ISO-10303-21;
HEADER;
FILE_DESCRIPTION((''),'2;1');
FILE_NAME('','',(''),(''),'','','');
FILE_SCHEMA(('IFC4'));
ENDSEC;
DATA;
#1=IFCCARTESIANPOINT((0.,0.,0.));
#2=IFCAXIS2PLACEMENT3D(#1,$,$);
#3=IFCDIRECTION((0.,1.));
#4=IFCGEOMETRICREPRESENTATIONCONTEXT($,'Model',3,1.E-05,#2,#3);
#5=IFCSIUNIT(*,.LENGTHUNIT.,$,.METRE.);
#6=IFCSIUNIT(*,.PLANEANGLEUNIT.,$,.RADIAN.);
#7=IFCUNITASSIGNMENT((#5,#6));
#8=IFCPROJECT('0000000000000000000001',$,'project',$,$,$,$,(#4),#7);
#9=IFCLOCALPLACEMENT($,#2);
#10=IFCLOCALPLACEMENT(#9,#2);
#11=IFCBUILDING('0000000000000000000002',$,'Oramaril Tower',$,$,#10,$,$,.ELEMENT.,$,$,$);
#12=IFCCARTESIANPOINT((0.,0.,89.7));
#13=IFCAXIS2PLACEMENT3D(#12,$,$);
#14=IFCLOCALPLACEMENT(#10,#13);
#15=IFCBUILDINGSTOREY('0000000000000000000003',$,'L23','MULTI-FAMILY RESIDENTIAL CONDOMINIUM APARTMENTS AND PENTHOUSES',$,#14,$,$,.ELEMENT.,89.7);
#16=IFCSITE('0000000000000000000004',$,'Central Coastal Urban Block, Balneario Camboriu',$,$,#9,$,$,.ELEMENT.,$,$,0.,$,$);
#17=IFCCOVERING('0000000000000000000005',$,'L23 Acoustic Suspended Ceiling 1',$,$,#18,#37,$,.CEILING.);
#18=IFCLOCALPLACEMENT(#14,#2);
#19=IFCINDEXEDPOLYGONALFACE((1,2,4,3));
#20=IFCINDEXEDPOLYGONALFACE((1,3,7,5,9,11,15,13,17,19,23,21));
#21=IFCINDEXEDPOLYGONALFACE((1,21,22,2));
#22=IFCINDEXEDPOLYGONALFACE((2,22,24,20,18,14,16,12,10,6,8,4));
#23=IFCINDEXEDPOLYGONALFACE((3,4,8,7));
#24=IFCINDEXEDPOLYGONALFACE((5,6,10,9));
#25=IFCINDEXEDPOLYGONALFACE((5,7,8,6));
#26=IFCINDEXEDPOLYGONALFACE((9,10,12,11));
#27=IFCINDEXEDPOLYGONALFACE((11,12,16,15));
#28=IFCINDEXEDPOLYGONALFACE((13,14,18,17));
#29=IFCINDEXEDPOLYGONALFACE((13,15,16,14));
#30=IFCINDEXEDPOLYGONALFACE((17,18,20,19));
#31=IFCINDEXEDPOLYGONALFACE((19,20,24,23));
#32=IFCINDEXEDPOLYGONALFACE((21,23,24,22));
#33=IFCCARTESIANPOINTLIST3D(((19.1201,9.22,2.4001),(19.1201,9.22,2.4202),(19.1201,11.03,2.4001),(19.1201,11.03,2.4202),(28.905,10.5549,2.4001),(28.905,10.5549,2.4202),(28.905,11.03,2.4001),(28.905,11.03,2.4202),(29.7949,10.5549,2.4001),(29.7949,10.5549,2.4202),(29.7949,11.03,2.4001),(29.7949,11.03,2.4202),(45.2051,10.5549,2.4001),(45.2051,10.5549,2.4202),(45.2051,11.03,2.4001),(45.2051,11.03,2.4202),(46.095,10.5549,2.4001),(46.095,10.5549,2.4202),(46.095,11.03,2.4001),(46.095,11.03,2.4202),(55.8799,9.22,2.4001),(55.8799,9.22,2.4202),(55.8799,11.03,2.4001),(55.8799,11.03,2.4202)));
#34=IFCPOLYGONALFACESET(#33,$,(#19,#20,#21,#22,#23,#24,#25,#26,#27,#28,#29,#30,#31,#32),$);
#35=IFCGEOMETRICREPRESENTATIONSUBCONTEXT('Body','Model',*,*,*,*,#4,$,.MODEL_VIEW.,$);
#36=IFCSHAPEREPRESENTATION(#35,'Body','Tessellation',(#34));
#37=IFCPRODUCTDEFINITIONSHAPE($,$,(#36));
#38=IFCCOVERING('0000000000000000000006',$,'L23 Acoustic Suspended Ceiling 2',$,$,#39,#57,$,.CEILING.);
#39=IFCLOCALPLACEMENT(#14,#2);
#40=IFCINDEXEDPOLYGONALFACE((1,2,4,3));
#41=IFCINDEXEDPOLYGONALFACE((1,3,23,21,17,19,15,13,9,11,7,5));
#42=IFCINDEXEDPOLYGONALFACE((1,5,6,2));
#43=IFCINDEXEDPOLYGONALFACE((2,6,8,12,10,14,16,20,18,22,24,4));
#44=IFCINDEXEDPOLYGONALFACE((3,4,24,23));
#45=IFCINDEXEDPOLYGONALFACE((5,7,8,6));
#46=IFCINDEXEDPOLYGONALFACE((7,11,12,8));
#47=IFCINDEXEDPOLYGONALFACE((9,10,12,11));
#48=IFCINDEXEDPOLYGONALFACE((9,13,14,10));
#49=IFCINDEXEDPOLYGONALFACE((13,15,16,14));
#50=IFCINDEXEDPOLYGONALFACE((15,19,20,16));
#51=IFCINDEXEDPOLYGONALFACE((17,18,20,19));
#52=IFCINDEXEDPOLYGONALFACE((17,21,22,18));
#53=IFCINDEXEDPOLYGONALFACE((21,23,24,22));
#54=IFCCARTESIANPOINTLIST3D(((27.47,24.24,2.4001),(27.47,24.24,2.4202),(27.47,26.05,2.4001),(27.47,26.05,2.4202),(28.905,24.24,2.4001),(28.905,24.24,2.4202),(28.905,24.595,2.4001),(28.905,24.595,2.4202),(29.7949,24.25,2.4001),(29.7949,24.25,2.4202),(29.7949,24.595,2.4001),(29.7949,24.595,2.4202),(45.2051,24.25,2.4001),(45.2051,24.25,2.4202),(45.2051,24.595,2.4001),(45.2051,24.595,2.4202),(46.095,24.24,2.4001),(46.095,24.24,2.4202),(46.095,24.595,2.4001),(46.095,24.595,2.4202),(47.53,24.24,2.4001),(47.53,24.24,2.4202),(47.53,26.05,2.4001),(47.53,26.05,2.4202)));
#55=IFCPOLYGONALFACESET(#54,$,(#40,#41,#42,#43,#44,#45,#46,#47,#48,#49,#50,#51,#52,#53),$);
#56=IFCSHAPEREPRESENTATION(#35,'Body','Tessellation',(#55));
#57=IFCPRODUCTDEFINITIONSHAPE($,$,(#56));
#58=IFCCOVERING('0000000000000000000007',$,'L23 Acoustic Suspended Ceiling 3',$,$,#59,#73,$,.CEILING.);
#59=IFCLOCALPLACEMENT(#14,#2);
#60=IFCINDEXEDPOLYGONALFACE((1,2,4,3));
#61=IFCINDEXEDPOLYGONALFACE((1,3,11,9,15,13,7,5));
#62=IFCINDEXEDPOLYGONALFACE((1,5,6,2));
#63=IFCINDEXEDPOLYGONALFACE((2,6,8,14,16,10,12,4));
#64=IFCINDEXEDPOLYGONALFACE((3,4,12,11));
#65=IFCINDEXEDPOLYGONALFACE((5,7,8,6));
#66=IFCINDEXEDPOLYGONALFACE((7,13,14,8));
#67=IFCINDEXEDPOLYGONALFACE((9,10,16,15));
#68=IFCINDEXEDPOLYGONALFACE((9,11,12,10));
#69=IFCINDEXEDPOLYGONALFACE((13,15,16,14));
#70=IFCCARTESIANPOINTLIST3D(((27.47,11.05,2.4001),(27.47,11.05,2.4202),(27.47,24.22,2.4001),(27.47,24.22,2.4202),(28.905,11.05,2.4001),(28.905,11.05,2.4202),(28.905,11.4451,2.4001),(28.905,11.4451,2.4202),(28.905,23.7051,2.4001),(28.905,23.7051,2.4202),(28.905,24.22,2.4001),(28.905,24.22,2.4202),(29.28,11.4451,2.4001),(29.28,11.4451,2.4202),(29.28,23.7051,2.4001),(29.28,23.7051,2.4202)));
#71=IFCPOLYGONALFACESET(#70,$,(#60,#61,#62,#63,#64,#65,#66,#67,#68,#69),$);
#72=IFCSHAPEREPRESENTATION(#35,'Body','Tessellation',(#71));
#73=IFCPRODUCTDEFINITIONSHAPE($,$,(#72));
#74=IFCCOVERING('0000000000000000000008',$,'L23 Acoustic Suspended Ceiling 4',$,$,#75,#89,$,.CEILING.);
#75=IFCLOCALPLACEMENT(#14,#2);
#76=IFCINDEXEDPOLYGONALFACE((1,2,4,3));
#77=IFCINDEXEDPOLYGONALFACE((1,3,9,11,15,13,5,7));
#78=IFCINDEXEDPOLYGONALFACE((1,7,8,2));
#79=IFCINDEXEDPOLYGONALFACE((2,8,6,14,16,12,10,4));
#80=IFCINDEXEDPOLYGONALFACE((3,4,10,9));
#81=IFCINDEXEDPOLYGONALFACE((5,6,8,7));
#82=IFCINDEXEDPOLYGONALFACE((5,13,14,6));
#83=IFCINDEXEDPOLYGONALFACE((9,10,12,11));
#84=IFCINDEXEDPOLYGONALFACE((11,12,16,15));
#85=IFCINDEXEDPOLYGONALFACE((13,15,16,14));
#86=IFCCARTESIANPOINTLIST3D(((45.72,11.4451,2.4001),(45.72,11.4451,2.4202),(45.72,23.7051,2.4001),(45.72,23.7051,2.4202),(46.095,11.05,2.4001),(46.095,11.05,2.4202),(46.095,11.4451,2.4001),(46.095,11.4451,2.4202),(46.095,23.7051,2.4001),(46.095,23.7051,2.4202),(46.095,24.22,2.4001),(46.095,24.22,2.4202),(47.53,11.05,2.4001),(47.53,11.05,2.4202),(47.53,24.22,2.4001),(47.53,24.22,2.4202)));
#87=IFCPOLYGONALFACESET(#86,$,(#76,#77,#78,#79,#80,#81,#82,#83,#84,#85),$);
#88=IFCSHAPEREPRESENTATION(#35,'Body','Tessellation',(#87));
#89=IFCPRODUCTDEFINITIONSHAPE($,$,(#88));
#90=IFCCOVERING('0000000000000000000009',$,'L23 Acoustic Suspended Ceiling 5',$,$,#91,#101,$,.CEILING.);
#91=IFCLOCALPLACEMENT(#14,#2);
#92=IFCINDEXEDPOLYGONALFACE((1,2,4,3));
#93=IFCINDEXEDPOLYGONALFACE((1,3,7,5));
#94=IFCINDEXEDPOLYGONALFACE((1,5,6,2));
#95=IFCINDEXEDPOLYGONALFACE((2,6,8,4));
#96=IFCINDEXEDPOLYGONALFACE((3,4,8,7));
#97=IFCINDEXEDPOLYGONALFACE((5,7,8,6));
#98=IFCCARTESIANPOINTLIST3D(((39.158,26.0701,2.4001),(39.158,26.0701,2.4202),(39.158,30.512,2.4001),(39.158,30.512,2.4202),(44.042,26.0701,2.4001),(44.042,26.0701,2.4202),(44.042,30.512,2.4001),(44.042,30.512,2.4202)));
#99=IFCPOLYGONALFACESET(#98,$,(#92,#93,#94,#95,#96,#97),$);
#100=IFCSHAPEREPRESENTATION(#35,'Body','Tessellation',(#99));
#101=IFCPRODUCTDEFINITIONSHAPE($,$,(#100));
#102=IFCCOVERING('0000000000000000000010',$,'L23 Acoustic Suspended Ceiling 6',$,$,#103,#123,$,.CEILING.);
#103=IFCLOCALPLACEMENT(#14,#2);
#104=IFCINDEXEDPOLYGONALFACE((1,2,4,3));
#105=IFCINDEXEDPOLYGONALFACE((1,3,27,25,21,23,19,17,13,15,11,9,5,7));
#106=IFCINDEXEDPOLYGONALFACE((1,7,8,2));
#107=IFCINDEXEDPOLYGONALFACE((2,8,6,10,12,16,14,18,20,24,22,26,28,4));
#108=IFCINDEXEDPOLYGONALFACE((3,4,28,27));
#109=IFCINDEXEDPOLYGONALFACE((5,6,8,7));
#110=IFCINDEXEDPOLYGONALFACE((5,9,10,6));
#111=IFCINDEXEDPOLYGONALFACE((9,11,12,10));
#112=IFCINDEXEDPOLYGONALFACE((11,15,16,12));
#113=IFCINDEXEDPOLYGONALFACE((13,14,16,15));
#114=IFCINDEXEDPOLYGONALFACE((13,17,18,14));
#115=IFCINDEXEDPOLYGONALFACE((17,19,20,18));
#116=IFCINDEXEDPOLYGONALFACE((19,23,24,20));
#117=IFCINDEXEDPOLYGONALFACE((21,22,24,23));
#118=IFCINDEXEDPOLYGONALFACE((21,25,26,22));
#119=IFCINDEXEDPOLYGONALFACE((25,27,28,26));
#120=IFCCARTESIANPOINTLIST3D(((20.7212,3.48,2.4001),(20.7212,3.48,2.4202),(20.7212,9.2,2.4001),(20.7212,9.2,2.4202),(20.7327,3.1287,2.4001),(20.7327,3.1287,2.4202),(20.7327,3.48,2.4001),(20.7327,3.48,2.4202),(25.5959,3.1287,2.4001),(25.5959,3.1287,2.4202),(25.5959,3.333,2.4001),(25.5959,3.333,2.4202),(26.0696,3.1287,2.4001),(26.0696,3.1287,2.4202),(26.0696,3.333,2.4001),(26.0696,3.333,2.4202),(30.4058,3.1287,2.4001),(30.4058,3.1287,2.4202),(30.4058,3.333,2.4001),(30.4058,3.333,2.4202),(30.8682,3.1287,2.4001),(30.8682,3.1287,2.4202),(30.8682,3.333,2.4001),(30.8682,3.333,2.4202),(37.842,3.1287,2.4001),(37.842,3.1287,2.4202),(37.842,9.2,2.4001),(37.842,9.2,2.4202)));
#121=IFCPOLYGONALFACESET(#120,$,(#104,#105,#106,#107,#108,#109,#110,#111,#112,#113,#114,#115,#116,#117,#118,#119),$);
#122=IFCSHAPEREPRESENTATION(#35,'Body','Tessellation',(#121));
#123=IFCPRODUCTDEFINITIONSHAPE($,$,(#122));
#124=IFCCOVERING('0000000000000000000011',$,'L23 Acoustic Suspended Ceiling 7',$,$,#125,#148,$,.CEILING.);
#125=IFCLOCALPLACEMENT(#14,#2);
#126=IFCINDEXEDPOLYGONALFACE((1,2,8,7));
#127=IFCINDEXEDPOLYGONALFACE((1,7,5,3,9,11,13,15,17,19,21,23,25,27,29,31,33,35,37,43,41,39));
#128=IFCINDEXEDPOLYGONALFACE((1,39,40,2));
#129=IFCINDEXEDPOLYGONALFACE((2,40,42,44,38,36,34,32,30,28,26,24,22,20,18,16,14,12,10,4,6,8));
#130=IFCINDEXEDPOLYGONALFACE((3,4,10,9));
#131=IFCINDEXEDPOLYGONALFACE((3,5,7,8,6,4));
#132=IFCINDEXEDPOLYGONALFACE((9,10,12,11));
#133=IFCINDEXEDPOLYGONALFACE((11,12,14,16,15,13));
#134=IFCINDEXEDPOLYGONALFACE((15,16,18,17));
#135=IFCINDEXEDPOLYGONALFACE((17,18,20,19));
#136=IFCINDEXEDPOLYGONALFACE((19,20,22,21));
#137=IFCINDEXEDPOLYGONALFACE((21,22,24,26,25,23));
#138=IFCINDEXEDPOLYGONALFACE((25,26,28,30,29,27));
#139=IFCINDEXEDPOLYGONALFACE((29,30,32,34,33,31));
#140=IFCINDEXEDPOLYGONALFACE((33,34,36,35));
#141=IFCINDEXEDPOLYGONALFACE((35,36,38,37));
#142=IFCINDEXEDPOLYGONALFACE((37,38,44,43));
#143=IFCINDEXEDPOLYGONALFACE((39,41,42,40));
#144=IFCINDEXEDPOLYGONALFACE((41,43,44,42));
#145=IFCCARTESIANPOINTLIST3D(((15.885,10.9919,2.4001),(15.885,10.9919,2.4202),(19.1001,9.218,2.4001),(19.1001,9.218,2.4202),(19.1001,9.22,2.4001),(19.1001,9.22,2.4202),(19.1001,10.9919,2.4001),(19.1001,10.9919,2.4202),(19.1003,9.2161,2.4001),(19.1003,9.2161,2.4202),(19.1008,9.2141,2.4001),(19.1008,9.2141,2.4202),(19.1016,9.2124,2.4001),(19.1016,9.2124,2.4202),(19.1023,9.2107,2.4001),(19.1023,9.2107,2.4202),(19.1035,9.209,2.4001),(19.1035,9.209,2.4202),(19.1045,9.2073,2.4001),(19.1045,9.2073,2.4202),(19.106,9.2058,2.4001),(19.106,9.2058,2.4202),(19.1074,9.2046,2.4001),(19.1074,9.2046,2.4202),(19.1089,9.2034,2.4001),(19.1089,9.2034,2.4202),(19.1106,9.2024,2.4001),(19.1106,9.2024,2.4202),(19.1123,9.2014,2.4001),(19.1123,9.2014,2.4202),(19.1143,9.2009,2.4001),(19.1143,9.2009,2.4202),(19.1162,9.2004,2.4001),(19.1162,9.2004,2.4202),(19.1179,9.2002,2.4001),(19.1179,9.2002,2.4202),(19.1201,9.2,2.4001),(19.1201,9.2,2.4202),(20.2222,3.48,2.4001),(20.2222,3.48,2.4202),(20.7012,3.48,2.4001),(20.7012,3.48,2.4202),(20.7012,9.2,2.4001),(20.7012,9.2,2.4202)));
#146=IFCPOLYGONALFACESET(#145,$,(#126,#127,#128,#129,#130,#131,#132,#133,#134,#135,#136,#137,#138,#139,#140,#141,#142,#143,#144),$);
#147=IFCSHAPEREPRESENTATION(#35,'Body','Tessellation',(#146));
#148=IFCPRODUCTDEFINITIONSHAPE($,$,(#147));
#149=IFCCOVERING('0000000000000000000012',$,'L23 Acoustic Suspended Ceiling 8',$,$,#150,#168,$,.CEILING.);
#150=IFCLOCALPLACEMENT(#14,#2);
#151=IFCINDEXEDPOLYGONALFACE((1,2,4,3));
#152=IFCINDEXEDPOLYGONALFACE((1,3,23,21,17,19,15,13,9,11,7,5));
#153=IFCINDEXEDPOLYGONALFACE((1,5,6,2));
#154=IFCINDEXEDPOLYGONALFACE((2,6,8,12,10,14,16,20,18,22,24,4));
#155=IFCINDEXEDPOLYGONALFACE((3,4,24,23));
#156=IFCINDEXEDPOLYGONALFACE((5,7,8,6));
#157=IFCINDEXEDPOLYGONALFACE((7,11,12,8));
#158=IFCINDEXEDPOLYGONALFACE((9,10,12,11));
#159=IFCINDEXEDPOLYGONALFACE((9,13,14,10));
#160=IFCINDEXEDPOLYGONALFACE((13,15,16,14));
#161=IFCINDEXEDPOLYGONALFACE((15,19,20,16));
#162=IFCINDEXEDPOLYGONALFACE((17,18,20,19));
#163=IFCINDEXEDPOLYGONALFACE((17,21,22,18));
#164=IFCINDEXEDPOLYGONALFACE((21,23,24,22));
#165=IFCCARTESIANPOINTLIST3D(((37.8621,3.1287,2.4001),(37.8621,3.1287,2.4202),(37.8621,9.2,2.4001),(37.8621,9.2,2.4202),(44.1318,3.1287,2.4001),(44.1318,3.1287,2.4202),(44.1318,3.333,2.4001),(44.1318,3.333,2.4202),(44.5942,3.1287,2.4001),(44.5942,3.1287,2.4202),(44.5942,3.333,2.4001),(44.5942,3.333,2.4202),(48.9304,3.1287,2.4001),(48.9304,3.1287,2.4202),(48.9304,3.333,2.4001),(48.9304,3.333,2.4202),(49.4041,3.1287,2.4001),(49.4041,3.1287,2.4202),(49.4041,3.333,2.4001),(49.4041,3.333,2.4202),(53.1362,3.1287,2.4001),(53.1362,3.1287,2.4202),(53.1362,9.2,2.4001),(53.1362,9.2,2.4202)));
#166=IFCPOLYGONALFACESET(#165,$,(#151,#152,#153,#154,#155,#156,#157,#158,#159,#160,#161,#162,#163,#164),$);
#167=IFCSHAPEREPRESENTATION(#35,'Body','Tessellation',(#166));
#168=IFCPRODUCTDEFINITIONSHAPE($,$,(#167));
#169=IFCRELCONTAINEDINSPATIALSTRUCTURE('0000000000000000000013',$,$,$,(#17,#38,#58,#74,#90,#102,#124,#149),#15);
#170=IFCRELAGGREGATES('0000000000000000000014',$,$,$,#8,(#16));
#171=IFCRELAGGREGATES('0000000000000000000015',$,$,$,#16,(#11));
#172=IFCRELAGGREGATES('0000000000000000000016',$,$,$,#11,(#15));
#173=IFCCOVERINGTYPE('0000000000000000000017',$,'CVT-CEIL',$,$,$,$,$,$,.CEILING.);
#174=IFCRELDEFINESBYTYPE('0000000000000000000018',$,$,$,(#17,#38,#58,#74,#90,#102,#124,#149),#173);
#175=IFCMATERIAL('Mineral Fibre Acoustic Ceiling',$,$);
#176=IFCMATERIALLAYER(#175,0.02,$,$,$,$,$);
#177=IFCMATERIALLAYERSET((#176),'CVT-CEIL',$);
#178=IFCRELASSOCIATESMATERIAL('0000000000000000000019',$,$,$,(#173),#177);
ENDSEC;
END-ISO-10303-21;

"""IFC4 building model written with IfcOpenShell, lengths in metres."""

from ifc_helpers import new_model, si_unit, direction, frame, origin, place, context, subcontext, project, spatial, polyline, outline, extrude, material, layer, layer_set, type_object, element, save


model = new_model("IFC4")

# Units and contexts
model_context = context("Model", 3, precision=1e-05, world=origin(), true_north=direction((0.0, 1.0)))
body_context = subcontext(model_context, "Body", "Model", "MODEL_VIEW")
ifc_project = project(units=[si_unit("LENGTHUNIT", "METRE"), si_unit("PLANEANGLEUNIT", "RADIAN")], contexts=[model_context])

# Site, building, storey
site_placement = place(None, origin())
site = spatial("IfcSite", under=ifc_project, at=site_placement, Name="Central Coastal Urban Block, Balneario Camboriu", CompositionType="ELEMENT", RefElevation=0.0)
building_placement = place(site_placement, origin())
building = spatial("IfcBuilding", under=site, at=building_placement, Name="Oramaril Tower", CompositionType="ELEMENT")
storey_placement = place(building_placement, frame((0.0, 0.0, 89.7)))
storey = spatial("IfcBuildingStorey", under=building, at=storey_placement, Name="L23", Description="MULTI-FAMILY RESIDENTIAL CONDOMINIUM APARTMENTS AND PENTHOUSES", CompositionType="ELEMENT", Elevation=89.7)

# Coverings
ifc_material_1 = material(Name="Mineral Fibre Acoustic Ceiling")
ifc_layer_1 = layer(ifc_material_1, 0.02)
ifc_layer_set_1 = layer_set([ifc_layer_1], Name="CVT-CEIL")
covering_type_1 = type_object("IfcCoveringType", Name="CVT-CEIL", PredefinedType="CEILING", material=ifc_layer_set_1)
covering_1_placement = place(storey_placement, frame((0.0, 0.0, 2.4001)))
element("IfcCovering", 1, at=covering_1_placement, inside=storey, type_object=covering_type_1, Name="L23 Acoustic Suspended Ceiling 1", PredefinedType="CEILING", context=body_context, shape_type="SweptSolid", body=[
    extrude(outline(polyline([(28.905, 10.5549), (29.7949, 10.5549), (29.7949, 11.03), (45.2051, 11.03), (45.2051, 10.5549), (46.095, 10.5549), (46.095, 11.03), (55.8799, 11.03), (55.8799, 9.22), (19.1201, 9.22), (19.1201, 11.03), (28.905, 11.03), (28.905, 10.5549)])), origin(), (0.0, 0.0, 1.0), 0.02),
])
covering_2_placement = place(storey_placement, frame((0.0, 0.0, 2.4001)))
element("IfcCovering", 2, at=covering_2_placement, inside=storey, type_object=covering_type_1, Name="L23 Acoustic Suspended Ceiling 2", PredefinedType="CEILING", context=body_context, shape_type="SweptSolid", body=[
    extrude(outline(polyline([(47.53, 24.24), (46.095, 24.24), (46.095, 24.595), (45.2051, 24.595), (45.2051, 24.25), (29.7949, 24.25), (29.7949, 24.595), (28.905, 24.595), (28.905, 24.24), (27.47, 24.24), (27.47, 26.05), (47.53, 26.05), (47.53, 24.24)])), origin(), (0.0, 0.0, 1.0), 0.02),
])
covering_3_placement = place(storey_placement, frame((0.0, 0.0, 2.4001)))
element("IfcCovering", 3, at=covering_3_placement, inside=storey, type_object=covering_type_1, Name="L23 Acoustic Suspended Ceiling 3", PredefinedType="CEILING", context=body_context, shape_type="SweptSolid", body=[
    extrude(outline(polyline([(28.905, 23.7051), (29.28, 23.7051), (29.28, 11.4451), (28.905, 11.4451), (28.905, 11.05), (27.47, 11.05), (27.47, 24.22), (28.905, 24.22), (28.905, 23.7051)])), origin(), (0.0, 0.0, 1.0), 0.02),
])
covering_4_placement = place(storey_placement, frame((0.0, 0.0, 2.4001)))
element("IfcCovering", 4, at=covering_4_placement, inside=storey, type_object=covering_type_1, Name="L23 Acoustic Suspended Ceiling 4", PredefinedType="CEILING", context=body_context, shape_type="SweptSolid", body=[
    extrude(outline(polyline([(47.53, 11.05), (46.095, 11.05), (46.095, 11.4451), (45.72, 11.4451), (45.72, 23.7051), (46.095, 23.7051), (46.095, 24.22), (47.53, 24.22), (47.53, 11.05)])), origin(), (0.0, 0.0, 1.0), 0.02),
])
covering_5_placement = place(storey_placement, frame((0.0, 0.0, 2.4001)))
element("IfcCovering", 5, at=covering_5_placement, inside=storey, type_object=covering_type_1, Name="L23 Acoustic Suspended Ceiling 5", PredefinedType="CEILING", context=body_context, shape_type="SweptSolid", body=[
    extrude(outline(polyline([(44.042, 30.512), (44.042, 26.0701), (39.158, 26.0701), (39.158, 30.512), (44.042, 30.512)])), origin(), (0.0, 0.0, 1.0), 0.02),
])
covering_6_placement = place(storey_placement, frame((0.0, 0.0, 2.4001)))
element("IfcCovering", 6, at=covering_6_placement, inside=storey, type_object=covering_type_1, Name="L23 Acoustic Suspended Ceiling 6", PredefinedType="CEILING", context=body_context, shape_type="SweptSolid", body=[
    extrude(outline(polyline([(30.8682, 3.333), (30.4058, 3.333), (30.4058, 3.1287), (26.0696, 3.1287), (26.0696, 3.333), (25.5959, 3.333), (25.5959, 3.1287), (20.7327, 3.1287), (20.7327, 3.48), (20.7212, 3.48), (20.7212, 9.2), (37.842, 9.2), (37.842, 3.1287), (30.8682, 3.1287), (30.8682, 3.333)])), origin(), (0.0, 0.0, 1.0), 0.02),
])
covering_7_placement = place(storey_placement, frame((0.0, 0.0, 2.4001)))
element("IfcCovering", 7, at=covering_7_placement, inside=storey, type_object=covering_type_1, Name="L23 Acoustic Suspended Ceiling 7", PredefinedType="CEILING", context=body_context, shape_type="SweptSolid", body=[
    extrude(outline(polyline([(20.2222, 3.48), (15.885, 10.9919), (19.1001, 10.9919), (19.1001, 9.22), (19.1001, 9.218), (19.1003, 9.2161), (19.1008, 9.2141), (19.1016, 9.2124), (19.1023, 9.2107), (19.1035, 9.209), (19.1045, 9.2073), (19.106, 9.2058), (19.1074, 9.2046), (19.1089, 9.2034), (19.1106, 9.2024), (19.1123, 9.2014), (19.1143, 9.2009), (19.1162, 9.2004), (19.1179, 9.2002), (19.1201, 9.2), (20.7012, 9.2), (20.7012, 3.48), (20.2222, 3.48)])), origin(), (0.0, 0.0, 1.0), 0.02),
])
covering_8_placement = place(storey_placement, frame((0.0, 0.0, 2.4001)))
element("IfcCovering", 8, at=covering_8_placement, inside=storey, type_object=covering_type_1, Name="L23 Acoustic Suspended Ceiling 8", PredefinedType="CEILING", context=body_context, shape_type="SweptSolid", body=[
    extrude(outline(polyline([(49.4041, 3.1287), (49.4041, 3.333), (48.9304, 3.333), (48.9304, 3.1287), (44.5942, 3.1287), (44.5942, 3.333), (44.1318, 3.333), (44.1318, 3.1287), (37.8621, 3.1287), (37.8621, 9.2), (53.1362, 9.2), (53.1362, 3.1287), (49.4041, 3.1287)])), origin(), (0.0, 0.0, 1.0), 0.02),
])

save(model, "model.ifc")
